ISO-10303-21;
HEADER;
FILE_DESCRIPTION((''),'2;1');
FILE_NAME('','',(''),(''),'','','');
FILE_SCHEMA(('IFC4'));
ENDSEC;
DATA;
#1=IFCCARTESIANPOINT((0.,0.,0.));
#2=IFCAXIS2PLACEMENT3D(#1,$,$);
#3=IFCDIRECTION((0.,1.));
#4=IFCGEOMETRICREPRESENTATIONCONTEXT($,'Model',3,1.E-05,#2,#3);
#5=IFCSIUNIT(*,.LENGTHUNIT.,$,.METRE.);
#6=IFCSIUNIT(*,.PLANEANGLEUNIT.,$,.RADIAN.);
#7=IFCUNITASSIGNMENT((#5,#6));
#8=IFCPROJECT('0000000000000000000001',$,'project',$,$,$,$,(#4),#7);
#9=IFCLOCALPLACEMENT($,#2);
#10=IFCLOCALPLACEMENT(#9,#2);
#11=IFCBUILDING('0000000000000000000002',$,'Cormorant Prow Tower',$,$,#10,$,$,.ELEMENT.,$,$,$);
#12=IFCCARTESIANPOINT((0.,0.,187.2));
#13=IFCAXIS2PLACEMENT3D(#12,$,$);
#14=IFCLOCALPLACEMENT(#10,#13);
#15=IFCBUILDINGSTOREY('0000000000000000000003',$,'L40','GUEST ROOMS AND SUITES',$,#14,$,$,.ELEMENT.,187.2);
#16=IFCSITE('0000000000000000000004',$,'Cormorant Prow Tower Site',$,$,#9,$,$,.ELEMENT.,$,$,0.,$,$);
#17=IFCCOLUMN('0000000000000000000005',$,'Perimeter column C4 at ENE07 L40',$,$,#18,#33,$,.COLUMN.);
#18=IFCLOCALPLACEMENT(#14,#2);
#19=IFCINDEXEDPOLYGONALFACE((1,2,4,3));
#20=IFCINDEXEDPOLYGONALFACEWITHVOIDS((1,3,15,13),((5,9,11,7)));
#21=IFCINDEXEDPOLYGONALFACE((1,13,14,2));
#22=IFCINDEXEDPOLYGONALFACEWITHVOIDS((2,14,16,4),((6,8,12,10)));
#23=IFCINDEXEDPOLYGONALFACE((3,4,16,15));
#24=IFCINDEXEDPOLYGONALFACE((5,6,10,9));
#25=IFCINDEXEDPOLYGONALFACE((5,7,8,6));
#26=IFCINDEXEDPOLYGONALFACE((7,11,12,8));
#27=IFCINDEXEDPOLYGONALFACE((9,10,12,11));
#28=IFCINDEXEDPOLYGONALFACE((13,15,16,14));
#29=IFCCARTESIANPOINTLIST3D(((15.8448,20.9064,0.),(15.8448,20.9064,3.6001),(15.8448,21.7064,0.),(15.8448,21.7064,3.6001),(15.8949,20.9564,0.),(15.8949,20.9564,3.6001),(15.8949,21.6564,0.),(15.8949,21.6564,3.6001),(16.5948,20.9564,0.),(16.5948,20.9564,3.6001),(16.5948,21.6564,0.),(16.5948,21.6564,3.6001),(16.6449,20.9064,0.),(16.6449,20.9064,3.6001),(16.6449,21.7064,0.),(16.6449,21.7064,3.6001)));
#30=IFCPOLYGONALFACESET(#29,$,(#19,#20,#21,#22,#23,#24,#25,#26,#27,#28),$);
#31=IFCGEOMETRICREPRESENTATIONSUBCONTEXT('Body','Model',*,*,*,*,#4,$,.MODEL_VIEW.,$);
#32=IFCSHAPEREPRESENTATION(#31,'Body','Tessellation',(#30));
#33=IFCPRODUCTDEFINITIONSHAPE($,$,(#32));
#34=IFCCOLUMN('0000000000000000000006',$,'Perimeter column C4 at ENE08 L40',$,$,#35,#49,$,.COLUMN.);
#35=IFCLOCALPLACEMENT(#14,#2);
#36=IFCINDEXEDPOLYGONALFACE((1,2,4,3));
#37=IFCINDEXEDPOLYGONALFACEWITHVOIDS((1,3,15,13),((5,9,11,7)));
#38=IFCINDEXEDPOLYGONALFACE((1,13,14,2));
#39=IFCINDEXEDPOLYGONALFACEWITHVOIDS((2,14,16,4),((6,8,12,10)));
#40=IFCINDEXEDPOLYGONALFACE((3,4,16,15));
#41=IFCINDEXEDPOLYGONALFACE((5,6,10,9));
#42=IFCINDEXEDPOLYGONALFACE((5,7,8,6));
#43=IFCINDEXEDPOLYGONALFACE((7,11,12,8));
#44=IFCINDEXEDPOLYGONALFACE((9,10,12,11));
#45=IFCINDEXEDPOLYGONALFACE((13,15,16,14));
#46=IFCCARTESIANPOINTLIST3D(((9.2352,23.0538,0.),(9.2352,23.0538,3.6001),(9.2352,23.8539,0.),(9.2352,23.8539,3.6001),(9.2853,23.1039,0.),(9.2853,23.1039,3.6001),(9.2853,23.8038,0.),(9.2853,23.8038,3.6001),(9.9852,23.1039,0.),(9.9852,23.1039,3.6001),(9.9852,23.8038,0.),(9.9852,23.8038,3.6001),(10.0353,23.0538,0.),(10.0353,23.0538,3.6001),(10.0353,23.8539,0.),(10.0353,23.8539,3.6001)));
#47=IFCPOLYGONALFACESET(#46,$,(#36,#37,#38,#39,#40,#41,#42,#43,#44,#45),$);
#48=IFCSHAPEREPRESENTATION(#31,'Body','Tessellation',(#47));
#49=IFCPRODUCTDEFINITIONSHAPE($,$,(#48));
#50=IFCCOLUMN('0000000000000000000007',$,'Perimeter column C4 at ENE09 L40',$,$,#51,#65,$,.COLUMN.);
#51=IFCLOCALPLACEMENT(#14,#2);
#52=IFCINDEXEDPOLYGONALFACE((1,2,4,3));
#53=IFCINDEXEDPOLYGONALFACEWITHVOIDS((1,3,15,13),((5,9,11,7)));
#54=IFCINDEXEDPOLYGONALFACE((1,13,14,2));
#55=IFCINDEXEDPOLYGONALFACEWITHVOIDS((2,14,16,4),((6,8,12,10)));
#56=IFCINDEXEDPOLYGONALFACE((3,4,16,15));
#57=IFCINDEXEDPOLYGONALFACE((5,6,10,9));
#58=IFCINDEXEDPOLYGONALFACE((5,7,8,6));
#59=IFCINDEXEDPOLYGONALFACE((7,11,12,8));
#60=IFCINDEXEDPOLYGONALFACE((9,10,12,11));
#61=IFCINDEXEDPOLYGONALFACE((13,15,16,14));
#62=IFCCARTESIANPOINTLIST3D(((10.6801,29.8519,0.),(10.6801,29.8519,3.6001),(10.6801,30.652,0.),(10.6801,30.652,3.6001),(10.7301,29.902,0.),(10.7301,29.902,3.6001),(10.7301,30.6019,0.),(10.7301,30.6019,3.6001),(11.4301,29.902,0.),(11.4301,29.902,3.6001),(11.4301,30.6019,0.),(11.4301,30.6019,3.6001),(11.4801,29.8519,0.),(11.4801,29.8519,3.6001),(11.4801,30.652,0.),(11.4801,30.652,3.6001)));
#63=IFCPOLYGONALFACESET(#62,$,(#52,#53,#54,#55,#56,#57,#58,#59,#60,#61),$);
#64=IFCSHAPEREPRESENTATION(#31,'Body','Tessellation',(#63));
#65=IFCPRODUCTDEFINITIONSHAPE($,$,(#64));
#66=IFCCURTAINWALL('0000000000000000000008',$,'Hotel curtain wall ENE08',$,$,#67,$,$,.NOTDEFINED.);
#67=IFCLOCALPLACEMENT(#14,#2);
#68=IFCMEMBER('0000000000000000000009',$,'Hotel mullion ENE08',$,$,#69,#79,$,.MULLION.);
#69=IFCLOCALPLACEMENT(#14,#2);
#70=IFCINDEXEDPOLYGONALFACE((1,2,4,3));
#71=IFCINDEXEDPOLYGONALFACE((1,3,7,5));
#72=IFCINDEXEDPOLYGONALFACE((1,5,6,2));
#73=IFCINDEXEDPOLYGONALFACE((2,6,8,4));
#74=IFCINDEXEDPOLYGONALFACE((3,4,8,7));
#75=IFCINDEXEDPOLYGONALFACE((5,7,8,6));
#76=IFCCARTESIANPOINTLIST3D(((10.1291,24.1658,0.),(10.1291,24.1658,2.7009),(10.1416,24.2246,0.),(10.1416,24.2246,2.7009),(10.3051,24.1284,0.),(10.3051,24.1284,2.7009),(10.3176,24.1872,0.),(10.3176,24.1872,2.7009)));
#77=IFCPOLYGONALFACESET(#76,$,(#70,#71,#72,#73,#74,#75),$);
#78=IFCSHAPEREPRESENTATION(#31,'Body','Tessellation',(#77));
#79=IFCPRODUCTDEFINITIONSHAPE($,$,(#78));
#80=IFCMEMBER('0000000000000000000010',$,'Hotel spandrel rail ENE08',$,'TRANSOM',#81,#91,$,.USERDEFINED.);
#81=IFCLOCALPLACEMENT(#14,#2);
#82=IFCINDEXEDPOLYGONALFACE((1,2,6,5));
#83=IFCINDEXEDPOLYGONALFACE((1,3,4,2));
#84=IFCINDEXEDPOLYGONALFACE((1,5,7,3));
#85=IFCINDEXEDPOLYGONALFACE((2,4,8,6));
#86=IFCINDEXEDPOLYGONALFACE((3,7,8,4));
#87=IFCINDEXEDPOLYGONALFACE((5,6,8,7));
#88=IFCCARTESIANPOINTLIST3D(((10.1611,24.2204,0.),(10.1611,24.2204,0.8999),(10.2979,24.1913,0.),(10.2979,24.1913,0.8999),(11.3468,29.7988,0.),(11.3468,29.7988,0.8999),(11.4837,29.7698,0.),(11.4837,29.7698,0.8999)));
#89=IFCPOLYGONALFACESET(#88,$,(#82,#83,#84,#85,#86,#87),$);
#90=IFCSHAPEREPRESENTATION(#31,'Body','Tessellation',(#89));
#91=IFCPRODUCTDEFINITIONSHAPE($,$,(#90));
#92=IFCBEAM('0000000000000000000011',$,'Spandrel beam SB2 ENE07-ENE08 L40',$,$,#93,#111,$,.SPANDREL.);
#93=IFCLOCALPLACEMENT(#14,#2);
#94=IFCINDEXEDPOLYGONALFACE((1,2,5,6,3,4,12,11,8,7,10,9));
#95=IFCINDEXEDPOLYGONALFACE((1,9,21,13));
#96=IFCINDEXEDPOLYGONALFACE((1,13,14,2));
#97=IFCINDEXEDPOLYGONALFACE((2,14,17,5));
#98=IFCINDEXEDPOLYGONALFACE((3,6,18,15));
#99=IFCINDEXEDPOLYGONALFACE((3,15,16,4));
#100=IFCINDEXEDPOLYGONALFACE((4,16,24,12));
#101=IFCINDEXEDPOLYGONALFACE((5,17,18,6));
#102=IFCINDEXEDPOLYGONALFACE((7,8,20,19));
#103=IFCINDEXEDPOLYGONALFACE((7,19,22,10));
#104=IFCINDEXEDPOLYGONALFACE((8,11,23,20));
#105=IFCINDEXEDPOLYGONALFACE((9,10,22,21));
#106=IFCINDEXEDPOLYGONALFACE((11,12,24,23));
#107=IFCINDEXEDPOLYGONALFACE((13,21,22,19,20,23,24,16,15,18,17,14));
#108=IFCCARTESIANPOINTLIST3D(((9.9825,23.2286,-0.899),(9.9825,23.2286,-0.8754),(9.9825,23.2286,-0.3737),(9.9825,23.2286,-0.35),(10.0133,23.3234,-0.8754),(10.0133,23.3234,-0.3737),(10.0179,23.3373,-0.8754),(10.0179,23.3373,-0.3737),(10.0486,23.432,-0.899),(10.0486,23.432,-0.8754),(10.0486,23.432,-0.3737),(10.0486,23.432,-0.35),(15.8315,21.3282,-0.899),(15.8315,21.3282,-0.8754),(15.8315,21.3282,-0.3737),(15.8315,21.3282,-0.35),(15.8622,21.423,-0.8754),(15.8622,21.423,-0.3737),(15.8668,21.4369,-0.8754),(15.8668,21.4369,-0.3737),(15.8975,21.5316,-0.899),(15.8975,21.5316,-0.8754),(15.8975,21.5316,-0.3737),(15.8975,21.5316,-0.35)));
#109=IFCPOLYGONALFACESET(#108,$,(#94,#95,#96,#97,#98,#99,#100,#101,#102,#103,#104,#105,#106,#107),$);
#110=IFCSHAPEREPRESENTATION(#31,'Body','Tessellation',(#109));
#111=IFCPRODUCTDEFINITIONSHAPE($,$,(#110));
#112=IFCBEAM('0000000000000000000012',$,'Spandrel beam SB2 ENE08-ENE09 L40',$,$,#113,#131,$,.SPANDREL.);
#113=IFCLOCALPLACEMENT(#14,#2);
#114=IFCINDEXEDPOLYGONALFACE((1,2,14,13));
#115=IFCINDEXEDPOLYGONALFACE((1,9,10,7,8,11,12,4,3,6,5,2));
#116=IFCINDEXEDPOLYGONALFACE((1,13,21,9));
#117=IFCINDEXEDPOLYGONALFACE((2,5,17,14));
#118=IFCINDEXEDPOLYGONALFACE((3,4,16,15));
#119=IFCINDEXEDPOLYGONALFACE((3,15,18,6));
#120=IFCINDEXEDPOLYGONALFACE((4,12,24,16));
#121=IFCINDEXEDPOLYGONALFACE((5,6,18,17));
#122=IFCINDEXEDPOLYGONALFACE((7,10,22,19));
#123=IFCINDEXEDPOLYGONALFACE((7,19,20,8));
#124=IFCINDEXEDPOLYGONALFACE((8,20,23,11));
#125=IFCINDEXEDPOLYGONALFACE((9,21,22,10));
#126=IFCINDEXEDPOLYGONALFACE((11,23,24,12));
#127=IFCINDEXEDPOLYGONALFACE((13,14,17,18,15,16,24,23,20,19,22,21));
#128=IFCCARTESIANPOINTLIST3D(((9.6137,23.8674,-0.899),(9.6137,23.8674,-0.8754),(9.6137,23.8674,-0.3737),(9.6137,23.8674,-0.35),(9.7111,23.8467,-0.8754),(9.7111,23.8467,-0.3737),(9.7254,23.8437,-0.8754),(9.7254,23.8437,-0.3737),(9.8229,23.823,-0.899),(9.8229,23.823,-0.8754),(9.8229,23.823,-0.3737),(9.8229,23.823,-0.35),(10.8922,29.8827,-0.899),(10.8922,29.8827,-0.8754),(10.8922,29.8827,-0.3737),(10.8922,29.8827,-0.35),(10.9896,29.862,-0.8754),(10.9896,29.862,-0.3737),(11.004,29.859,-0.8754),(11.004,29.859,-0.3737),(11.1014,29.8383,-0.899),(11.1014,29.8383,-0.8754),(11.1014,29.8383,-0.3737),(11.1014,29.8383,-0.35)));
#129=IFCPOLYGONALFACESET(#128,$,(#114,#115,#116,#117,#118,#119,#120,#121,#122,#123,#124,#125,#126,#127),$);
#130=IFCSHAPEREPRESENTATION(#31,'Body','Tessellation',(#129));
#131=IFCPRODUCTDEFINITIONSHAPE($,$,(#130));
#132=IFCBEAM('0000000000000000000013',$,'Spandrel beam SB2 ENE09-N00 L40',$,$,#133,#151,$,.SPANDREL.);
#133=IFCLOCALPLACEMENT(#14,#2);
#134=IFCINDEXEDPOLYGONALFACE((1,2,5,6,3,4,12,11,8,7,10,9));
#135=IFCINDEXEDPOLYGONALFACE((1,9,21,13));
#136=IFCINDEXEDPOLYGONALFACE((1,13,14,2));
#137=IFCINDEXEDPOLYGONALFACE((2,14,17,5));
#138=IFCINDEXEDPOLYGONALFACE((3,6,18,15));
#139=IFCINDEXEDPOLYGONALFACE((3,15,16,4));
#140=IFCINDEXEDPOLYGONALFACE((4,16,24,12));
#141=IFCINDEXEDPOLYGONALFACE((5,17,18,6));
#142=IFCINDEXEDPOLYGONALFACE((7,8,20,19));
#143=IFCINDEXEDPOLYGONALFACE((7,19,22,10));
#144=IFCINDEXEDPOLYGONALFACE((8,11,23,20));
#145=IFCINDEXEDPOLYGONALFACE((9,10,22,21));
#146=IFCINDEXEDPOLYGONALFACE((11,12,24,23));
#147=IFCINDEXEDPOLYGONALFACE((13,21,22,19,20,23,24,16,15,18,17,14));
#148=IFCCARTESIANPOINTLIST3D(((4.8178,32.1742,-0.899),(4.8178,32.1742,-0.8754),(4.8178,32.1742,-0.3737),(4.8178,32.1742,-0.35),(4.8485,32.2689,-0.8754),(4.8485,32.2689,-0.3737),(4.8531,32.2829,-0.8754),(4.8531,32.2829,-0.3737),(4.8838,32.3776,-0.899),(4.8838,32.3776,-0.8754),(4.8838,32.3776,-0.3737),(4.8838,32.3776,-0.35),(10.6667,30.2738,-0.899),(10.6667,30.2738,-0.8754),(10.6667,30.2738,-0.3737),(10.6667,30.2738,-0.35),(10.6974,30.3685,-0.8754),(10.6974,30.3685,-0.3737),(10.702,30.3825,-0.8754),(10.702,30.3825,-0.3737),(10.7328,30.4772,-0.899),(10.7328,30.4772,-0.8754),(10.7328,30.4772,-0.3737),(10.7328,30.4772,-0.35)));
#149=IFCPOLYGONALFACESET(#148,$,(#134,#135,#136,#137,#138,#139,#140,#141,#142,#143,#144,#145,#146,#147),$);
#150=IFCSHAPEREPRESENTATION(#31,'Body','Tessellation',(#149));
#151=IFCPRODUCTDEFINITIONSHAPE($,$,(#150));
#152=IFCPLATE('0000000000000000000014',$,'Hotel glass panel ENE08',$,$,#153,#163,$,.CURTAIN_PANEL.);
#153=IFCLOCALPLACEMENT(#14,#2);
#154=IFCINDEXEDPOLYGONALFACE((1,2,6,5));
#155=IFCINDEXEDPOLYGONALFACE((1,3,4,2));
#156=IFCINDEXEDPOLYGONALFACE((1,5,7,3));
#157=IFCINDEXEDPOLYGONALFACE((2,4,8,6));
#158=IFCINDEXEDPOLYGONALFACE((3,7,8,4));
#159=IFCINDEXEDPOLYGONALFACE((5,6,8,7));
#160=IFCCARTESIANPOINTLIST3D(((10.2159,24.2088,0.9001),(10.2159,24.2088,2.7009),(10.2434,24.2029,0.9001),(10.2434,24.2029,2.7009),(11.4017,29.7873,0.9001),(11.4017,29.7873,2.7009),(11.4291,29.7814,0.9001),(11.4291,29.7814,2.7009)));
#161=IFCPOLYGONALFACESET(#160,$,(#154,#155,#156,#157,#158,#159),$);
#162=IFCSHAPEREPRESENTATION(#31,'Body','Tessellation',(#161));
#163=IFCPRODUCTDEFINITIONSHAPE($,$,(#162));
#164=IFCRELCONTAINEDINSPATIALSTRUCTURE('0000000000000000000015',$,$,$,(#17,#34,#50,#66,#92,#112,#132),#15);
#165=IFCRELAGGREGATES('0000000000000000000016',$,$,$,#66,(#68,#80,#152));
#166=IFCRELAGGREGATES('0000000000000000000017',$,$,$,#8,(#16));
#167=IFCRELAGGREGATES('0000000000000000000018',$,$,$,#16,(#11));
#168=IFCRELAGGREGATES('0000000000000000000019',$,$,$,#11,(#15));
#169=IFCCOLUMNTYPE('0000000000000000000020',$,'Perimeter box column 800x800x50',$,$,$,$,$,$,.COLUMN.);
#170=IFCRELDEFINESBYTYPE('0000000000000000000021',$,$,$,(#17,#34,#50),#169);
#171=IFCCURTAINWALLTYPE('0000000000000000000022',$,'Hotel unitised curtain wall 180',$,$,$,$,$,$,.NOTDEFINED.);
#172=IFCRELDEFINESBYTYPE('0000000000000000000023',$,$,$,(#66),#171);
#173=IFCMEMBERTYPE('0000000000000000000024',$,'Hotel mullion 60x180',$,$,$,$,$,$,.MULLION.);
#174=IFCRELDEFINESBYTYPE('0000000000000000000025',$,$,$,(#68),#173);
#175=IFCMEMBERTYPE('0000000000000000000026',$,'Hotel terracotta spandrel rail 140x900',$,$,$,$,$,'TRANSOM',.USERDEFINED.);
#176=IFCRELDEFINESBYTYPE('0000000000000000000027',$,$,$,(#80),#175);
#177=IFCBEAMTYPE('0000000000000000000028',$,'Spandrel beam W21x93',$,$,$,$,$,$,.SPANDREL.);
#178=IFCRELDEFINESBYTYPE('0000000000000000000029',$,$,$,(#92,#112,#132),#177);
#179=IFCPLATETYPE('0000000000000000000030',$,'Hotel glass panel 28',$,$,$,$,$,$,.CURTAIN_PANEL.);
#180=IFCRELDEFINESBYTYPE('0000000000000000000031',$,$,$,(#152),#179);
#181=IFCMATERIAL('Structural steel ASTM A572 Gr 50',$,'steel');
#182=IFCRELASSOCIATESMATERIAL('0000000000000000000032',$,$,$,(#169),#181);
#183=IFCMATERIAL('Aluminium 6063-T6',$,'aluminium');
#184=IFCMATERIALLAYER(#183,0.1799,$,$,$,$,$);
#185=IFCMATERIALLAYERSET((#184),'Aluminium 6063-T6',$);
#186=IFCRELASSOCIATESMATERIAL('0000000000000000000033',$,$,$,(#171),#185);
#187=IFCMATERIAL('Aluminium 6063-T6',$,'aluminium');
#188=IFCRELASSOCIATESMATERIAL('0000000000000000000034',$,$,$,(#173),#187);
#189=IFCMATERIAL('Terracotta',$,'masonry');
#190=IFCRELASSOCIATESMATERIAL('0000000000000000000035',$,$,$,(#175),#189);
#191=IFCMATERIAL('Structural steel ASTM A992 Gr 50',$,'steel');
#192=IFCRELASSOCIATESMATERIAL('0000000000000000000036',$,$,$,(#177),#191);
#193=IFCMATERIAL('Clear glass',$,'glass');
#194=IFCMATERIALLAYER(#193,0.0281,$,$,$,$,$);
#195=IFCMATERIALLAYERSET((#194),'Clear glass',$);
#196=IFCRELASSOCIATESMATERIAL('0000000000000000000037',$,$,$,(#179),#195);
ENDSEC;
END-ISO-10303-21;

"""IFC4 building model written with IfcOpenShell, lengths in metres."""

from ifc_helpers import new_model, si_unit, direction, frame, origin, origin_2d, place, context, subcontext, project, spatial, rectangle, hollow_rectangle, i_section, extrude, material, layer, layer_set, material_profile, profile_set, type_object, element, aggregate, save


model = new_model("IFC4")

# Units and contexts
model_context = context("Model", 3, precision=1e-05, world=origin(), true_north=direction((0.0, 1.0)))
body_context = subcontext(model_context, "Body", "Model", "MODEL_VIEW")
ifc_project = project(units=[si_unit("LENGTHUNIT", "METRE"), si_unit("PLANEANGLEUNIT", "RADIAN")], contexts=[model_context])

# Site, building, storey
site_placement = place(None, origin())
site = spatial("IfcSite", under=ifc_project, at=site_placement, Name="Cormorant Prow Tower Site", CompositionType="ELEMENT", RefElevation=0.0)
building_placement = place(site_placement, origin())
building = spatial("IfcBuilding", under=site, at=building_placement, Name="Cormorant Prow Tower", CompositionType="ELEMENT")
storey_placement = place(building_placement, frame((0.0, 0.0, 187.2)))
storey = spatial("IfcBuildingStorey", under=building, at=storey_placement, Name="L40", Description="GUEST ROOMS AND SUITES", CompositionType="ELEMENT", Elevation=187.2)

# Columns
ifc_material_1 = material(Name="Structural steel ASTM A572 Gr 50", Category="steel")
ifc_material_profile_1 = material_profile(ifc_material_1, hollow_rectangle(XDim=0.8, YDim=0.8, WallThickness=0.05, at=origin_2d()), Name="Box 800x800x50")
ifc_profile_set_1 = profile_set([ifc_material_profile_1], Name="Structural steel ASTM A572 Gr 50")
column_type = type_object("IfcColumnType", Name="Perimeter box column 800x800x50", PredefinedType="COLUMN", material=ifc_profile_set_1)
for number, where, z_axis, x_axis, name in (
    (1, (16.2449, 21.3064, 0.0), (0.0, 0.0, 1.0), (1.0, 0.0, 0.0), "Perimeter column C4 at ENE07 L40"),
    (2, (9.6353, 23.4539, 0.0), (0.0, 0.0, 1.0), (1.0, 0.0, 0.0), "Perimeter column C4 at ENE08 L40"),
    (3, (11.0801, 30.252, 0.0), (0.0, 0.0, 1.0), (1.0, 0.0, 0.0), "Perimeter column C4 at ENE09 L40"),
):
    element("IfcColumn", number, at=place(storey_placement, frame(where, z_axis=z_axis, x_axis=x_axis)), inside=storey, type_object=column_type, Name=name, PredefinedType="COLUMN", context=body_context, shape_type="SweptSolid", body=[
        extrude(hollow_rectangle(XDim=0.8, YDim=0.8, WallThickness=0.05, at=origin_2d()), origin(), (0.0, 0.0, 1.0), 3.6001),
    ])

# Curtain wall, members
ifc_material_2 = material(Name="Aluminium 6063-T6", Category="aluminium")
ifc_layer_1 = layer(ifc_material_2, 0.1799)
ifc_layer_set_1 = layer_set([ifc_layer_1], Name="Aluminium 6063-T6")
curtain_wall_type = type_object("IfcCurtainWallType", Name="Hotel unitised curtain wall 180", PredefinedType="NOTDEFINED", material=ifc_layer_set_1)
curtain_wall_placement = place(storey_placement, origin())
curtain_wall = element("IfcCurtainWall", 4, at=curtain_wall_placement, inside=storey, type_object=curtain_wall_type, Name="Hotel curtain wall ENE08", PredefinedType="NOTDEFINED")
ifc_material_3 = material(Name="Aluminium 6063-T6", Category="aluminium")
ifc_material_profile_2 = material_profile(ifc_material_3, rectangle(XDim=0.1799, YDim=0.0601, at=origin_2d()), Name="Hotel mullion 60x180")
ifc_profile_set_2 = profile_set([ifc_material_profile_2], Name="Aluminium 6063-T6")
member_type_1 = type_object("IfcMemberType", Name="Hotel mullion 60x180", PredefinedType="MULLION", material=ifc_profile_set_2)
member_1_placement = place(storey_placement, frame((10.2234, 24.1765, 0.0), z_axis=(0.0, 0.0, 1.0), x_axis=(-0.978148, 0.207912, 0.0)))
member_1 = element("IfcMember", 5, at=member_1_placement, type_object=member_type_1, Name="Hotel mullion ENE08", PredefinedType="MULLION", context=body_context, shape_type="SweptSolid", body=[
    extrude(rectangle(XDim=0.1799, YDim=0.0601, at=origin_2d()), origin(), (0.0, 0.0, 1.0), 2.7009),
])
ifc_material_4 = material(Name="Terracotta", Category="masonry")
ifc_material_profile_3 = material_profile(ifc_material_4, rectangle(XDim=0.1399, YDim=0.8999, at=origin_2d()), Name="Hotel terracotta spandrel rail 140x900")
ifc_profile_set_3 = profile_set([ifc_material_profile_3], Name="Terracotta")
member_type_2 = type_object("IfcMemberType", Name="Hotel terracotta spandrel rail 140x900", ElementType="TRANSOM", PredefinedType="USERDEFINED", material=ifc_profile_set_3)
member_2_placement = place(storey_placement, frame((10.2295, 24.2058, 0.45), z_axis=(0.207915, 0.978147, 0.0), x_axis=(-0.978147, 0.207915, 0.0)))
member_2 = element("IfcMember", 6, at=member_2_placement, type_object=member_type_2, Name="Hotel spandrel rail ENE08", ObjectType="TRANSOM", PredefinedType="USERDEFINED", context=body_context, shape_type="SweptSolid", body=[
    extrude(rectangle(XDim=0.1399, YDim=0.8999, at=origin_2d()), origin(), (0.0, 0.0, 1.0), 5.7031),
])

# Beams
ifc_material_5 = material(Name="Structural steel ASTM A992 Gr 50", Category="steel")
ifc_material_profile_4 = material_profile(ifc_material_5, i_section(OverallWidth=0.2139, OverallDepth=0.5491, WebThickness=0.0146, FlangeThickness=0.0237, at=origin_2d()), Name="W21x93")
ifc_profile_set_4 = profile_set([ifc_material_profile_4], Name="Structural steel ASTM A992 Gr 50")
beam_type = type_object("IfcBeamType", Name="Spandrel beam W21x93", PredefinedType="SPANDREL", material=ifc_profile_set_4)
beam_1_placement = place(storey_placement, frame((15.8645, 21.4299, -0.6245), z_axis=(-0.951058, 0.309013, 0.0), x_axis=(-0.309013, -0.951058, 0.0)))
element("IfcBeam", 7, at=beam_1_placement, inside=storey, type_object=beam_type, Name="Spandrel beam SB2 ENE07-ENE08 L40", PredefinedType="SPANDREL", context=body_context, shape_type="SweptSolid", body=[
    extrude(i_section(OverallWidth=0.2139, OverallDepth=0.5491, WebThickness=0.0146, FlangeThickness=0.0237, at=origin_2d()), origin(), (0.0, 0.0, 1.0), 6.1499),
])
beam_2_placement = place(storey_placement, frame((9.7183, 23.8452, -0.6245), z_axis=(0.207905, 0.978149, 0.0), x_axis=(-0.978149, 0.207905, 0.0)))
element("IfcBeam", 8, at=beam_2_placement, inside=storey, type_object=beam_type, Name="Spandrel beam SB2 ENE08-ENE09 L40", PredefinedType="SPANDREL", context=body_context, shape_type="SweptSolid", body=[
    extrude(i_section(OverallWidth=0.2139, OverallDepth=0.5491, WebThickness=0.0146, FlangeThickness=0.0237, at=origin_2d()), origin(), (0.0, 0.0, 1.0), 6.1497),
])
beam_3_placement = place(storey_placement, frame((10.6997, 30.3755, -0.6245), z_axis=(-0.951058, 0.309013, 0.0), x_axis=(-0.309013, -0.951058, 0.0)))
element("IfcBeam", 9, at=beam_3_placement, inside=storey, type_object=beam_type, Name="Spandrel beam SB2 ENE09-N00 L40", PredefinedType="SPANDREL", context=body_context, shape_type="SweptSolid", body=[
    extrude(i_section(OverallWidth=0.2139, OverallDepth=0.5491, WebThickness=0.0146, FlangeThickness=0.0237, at=origin_2d()), origin(), (0.0, 0.0, 1.0), 6.1499),
])

# Plate
ifc_material_6 = material(Name="Clear glass", Category="glass")
ifc_layer_2 = layer(ifc_material_6, 0.0281)
ifc_layer_set_2 = layer_set([ifc_layer_2], Name="Clear glass")
plate_type = type_object("IfcPlateType", Name="Hotel glass panel 28", PredefinedType="CURTAIN_PANEL", material=ifc_layer_set_2)
plate_placement = place(storey_placement, frame((10.8225, 26.9951, 0.9001), z_axis=(0.0, 0.0, 1.0), x_axis=(0.207912, 0.978148, 0.0)))
plate = element("IfcPlate", 10, at=plate_placement, type_object=plate_type, Name="Hotel glass panel ENE08", PredefinedType="CURTAIN_PANEL", context=body_context, shape_type="SweptSolid", body=[
    extrude(rectangle(XDim=5.7031, YDim=0.0281, at=origin_2d()), origin(), (0.0, 0.0, 1.0), 1.8008),
])
aggregate(curtain_wall, [member_1, member_2, plate])

save(model, "model.ifc")
